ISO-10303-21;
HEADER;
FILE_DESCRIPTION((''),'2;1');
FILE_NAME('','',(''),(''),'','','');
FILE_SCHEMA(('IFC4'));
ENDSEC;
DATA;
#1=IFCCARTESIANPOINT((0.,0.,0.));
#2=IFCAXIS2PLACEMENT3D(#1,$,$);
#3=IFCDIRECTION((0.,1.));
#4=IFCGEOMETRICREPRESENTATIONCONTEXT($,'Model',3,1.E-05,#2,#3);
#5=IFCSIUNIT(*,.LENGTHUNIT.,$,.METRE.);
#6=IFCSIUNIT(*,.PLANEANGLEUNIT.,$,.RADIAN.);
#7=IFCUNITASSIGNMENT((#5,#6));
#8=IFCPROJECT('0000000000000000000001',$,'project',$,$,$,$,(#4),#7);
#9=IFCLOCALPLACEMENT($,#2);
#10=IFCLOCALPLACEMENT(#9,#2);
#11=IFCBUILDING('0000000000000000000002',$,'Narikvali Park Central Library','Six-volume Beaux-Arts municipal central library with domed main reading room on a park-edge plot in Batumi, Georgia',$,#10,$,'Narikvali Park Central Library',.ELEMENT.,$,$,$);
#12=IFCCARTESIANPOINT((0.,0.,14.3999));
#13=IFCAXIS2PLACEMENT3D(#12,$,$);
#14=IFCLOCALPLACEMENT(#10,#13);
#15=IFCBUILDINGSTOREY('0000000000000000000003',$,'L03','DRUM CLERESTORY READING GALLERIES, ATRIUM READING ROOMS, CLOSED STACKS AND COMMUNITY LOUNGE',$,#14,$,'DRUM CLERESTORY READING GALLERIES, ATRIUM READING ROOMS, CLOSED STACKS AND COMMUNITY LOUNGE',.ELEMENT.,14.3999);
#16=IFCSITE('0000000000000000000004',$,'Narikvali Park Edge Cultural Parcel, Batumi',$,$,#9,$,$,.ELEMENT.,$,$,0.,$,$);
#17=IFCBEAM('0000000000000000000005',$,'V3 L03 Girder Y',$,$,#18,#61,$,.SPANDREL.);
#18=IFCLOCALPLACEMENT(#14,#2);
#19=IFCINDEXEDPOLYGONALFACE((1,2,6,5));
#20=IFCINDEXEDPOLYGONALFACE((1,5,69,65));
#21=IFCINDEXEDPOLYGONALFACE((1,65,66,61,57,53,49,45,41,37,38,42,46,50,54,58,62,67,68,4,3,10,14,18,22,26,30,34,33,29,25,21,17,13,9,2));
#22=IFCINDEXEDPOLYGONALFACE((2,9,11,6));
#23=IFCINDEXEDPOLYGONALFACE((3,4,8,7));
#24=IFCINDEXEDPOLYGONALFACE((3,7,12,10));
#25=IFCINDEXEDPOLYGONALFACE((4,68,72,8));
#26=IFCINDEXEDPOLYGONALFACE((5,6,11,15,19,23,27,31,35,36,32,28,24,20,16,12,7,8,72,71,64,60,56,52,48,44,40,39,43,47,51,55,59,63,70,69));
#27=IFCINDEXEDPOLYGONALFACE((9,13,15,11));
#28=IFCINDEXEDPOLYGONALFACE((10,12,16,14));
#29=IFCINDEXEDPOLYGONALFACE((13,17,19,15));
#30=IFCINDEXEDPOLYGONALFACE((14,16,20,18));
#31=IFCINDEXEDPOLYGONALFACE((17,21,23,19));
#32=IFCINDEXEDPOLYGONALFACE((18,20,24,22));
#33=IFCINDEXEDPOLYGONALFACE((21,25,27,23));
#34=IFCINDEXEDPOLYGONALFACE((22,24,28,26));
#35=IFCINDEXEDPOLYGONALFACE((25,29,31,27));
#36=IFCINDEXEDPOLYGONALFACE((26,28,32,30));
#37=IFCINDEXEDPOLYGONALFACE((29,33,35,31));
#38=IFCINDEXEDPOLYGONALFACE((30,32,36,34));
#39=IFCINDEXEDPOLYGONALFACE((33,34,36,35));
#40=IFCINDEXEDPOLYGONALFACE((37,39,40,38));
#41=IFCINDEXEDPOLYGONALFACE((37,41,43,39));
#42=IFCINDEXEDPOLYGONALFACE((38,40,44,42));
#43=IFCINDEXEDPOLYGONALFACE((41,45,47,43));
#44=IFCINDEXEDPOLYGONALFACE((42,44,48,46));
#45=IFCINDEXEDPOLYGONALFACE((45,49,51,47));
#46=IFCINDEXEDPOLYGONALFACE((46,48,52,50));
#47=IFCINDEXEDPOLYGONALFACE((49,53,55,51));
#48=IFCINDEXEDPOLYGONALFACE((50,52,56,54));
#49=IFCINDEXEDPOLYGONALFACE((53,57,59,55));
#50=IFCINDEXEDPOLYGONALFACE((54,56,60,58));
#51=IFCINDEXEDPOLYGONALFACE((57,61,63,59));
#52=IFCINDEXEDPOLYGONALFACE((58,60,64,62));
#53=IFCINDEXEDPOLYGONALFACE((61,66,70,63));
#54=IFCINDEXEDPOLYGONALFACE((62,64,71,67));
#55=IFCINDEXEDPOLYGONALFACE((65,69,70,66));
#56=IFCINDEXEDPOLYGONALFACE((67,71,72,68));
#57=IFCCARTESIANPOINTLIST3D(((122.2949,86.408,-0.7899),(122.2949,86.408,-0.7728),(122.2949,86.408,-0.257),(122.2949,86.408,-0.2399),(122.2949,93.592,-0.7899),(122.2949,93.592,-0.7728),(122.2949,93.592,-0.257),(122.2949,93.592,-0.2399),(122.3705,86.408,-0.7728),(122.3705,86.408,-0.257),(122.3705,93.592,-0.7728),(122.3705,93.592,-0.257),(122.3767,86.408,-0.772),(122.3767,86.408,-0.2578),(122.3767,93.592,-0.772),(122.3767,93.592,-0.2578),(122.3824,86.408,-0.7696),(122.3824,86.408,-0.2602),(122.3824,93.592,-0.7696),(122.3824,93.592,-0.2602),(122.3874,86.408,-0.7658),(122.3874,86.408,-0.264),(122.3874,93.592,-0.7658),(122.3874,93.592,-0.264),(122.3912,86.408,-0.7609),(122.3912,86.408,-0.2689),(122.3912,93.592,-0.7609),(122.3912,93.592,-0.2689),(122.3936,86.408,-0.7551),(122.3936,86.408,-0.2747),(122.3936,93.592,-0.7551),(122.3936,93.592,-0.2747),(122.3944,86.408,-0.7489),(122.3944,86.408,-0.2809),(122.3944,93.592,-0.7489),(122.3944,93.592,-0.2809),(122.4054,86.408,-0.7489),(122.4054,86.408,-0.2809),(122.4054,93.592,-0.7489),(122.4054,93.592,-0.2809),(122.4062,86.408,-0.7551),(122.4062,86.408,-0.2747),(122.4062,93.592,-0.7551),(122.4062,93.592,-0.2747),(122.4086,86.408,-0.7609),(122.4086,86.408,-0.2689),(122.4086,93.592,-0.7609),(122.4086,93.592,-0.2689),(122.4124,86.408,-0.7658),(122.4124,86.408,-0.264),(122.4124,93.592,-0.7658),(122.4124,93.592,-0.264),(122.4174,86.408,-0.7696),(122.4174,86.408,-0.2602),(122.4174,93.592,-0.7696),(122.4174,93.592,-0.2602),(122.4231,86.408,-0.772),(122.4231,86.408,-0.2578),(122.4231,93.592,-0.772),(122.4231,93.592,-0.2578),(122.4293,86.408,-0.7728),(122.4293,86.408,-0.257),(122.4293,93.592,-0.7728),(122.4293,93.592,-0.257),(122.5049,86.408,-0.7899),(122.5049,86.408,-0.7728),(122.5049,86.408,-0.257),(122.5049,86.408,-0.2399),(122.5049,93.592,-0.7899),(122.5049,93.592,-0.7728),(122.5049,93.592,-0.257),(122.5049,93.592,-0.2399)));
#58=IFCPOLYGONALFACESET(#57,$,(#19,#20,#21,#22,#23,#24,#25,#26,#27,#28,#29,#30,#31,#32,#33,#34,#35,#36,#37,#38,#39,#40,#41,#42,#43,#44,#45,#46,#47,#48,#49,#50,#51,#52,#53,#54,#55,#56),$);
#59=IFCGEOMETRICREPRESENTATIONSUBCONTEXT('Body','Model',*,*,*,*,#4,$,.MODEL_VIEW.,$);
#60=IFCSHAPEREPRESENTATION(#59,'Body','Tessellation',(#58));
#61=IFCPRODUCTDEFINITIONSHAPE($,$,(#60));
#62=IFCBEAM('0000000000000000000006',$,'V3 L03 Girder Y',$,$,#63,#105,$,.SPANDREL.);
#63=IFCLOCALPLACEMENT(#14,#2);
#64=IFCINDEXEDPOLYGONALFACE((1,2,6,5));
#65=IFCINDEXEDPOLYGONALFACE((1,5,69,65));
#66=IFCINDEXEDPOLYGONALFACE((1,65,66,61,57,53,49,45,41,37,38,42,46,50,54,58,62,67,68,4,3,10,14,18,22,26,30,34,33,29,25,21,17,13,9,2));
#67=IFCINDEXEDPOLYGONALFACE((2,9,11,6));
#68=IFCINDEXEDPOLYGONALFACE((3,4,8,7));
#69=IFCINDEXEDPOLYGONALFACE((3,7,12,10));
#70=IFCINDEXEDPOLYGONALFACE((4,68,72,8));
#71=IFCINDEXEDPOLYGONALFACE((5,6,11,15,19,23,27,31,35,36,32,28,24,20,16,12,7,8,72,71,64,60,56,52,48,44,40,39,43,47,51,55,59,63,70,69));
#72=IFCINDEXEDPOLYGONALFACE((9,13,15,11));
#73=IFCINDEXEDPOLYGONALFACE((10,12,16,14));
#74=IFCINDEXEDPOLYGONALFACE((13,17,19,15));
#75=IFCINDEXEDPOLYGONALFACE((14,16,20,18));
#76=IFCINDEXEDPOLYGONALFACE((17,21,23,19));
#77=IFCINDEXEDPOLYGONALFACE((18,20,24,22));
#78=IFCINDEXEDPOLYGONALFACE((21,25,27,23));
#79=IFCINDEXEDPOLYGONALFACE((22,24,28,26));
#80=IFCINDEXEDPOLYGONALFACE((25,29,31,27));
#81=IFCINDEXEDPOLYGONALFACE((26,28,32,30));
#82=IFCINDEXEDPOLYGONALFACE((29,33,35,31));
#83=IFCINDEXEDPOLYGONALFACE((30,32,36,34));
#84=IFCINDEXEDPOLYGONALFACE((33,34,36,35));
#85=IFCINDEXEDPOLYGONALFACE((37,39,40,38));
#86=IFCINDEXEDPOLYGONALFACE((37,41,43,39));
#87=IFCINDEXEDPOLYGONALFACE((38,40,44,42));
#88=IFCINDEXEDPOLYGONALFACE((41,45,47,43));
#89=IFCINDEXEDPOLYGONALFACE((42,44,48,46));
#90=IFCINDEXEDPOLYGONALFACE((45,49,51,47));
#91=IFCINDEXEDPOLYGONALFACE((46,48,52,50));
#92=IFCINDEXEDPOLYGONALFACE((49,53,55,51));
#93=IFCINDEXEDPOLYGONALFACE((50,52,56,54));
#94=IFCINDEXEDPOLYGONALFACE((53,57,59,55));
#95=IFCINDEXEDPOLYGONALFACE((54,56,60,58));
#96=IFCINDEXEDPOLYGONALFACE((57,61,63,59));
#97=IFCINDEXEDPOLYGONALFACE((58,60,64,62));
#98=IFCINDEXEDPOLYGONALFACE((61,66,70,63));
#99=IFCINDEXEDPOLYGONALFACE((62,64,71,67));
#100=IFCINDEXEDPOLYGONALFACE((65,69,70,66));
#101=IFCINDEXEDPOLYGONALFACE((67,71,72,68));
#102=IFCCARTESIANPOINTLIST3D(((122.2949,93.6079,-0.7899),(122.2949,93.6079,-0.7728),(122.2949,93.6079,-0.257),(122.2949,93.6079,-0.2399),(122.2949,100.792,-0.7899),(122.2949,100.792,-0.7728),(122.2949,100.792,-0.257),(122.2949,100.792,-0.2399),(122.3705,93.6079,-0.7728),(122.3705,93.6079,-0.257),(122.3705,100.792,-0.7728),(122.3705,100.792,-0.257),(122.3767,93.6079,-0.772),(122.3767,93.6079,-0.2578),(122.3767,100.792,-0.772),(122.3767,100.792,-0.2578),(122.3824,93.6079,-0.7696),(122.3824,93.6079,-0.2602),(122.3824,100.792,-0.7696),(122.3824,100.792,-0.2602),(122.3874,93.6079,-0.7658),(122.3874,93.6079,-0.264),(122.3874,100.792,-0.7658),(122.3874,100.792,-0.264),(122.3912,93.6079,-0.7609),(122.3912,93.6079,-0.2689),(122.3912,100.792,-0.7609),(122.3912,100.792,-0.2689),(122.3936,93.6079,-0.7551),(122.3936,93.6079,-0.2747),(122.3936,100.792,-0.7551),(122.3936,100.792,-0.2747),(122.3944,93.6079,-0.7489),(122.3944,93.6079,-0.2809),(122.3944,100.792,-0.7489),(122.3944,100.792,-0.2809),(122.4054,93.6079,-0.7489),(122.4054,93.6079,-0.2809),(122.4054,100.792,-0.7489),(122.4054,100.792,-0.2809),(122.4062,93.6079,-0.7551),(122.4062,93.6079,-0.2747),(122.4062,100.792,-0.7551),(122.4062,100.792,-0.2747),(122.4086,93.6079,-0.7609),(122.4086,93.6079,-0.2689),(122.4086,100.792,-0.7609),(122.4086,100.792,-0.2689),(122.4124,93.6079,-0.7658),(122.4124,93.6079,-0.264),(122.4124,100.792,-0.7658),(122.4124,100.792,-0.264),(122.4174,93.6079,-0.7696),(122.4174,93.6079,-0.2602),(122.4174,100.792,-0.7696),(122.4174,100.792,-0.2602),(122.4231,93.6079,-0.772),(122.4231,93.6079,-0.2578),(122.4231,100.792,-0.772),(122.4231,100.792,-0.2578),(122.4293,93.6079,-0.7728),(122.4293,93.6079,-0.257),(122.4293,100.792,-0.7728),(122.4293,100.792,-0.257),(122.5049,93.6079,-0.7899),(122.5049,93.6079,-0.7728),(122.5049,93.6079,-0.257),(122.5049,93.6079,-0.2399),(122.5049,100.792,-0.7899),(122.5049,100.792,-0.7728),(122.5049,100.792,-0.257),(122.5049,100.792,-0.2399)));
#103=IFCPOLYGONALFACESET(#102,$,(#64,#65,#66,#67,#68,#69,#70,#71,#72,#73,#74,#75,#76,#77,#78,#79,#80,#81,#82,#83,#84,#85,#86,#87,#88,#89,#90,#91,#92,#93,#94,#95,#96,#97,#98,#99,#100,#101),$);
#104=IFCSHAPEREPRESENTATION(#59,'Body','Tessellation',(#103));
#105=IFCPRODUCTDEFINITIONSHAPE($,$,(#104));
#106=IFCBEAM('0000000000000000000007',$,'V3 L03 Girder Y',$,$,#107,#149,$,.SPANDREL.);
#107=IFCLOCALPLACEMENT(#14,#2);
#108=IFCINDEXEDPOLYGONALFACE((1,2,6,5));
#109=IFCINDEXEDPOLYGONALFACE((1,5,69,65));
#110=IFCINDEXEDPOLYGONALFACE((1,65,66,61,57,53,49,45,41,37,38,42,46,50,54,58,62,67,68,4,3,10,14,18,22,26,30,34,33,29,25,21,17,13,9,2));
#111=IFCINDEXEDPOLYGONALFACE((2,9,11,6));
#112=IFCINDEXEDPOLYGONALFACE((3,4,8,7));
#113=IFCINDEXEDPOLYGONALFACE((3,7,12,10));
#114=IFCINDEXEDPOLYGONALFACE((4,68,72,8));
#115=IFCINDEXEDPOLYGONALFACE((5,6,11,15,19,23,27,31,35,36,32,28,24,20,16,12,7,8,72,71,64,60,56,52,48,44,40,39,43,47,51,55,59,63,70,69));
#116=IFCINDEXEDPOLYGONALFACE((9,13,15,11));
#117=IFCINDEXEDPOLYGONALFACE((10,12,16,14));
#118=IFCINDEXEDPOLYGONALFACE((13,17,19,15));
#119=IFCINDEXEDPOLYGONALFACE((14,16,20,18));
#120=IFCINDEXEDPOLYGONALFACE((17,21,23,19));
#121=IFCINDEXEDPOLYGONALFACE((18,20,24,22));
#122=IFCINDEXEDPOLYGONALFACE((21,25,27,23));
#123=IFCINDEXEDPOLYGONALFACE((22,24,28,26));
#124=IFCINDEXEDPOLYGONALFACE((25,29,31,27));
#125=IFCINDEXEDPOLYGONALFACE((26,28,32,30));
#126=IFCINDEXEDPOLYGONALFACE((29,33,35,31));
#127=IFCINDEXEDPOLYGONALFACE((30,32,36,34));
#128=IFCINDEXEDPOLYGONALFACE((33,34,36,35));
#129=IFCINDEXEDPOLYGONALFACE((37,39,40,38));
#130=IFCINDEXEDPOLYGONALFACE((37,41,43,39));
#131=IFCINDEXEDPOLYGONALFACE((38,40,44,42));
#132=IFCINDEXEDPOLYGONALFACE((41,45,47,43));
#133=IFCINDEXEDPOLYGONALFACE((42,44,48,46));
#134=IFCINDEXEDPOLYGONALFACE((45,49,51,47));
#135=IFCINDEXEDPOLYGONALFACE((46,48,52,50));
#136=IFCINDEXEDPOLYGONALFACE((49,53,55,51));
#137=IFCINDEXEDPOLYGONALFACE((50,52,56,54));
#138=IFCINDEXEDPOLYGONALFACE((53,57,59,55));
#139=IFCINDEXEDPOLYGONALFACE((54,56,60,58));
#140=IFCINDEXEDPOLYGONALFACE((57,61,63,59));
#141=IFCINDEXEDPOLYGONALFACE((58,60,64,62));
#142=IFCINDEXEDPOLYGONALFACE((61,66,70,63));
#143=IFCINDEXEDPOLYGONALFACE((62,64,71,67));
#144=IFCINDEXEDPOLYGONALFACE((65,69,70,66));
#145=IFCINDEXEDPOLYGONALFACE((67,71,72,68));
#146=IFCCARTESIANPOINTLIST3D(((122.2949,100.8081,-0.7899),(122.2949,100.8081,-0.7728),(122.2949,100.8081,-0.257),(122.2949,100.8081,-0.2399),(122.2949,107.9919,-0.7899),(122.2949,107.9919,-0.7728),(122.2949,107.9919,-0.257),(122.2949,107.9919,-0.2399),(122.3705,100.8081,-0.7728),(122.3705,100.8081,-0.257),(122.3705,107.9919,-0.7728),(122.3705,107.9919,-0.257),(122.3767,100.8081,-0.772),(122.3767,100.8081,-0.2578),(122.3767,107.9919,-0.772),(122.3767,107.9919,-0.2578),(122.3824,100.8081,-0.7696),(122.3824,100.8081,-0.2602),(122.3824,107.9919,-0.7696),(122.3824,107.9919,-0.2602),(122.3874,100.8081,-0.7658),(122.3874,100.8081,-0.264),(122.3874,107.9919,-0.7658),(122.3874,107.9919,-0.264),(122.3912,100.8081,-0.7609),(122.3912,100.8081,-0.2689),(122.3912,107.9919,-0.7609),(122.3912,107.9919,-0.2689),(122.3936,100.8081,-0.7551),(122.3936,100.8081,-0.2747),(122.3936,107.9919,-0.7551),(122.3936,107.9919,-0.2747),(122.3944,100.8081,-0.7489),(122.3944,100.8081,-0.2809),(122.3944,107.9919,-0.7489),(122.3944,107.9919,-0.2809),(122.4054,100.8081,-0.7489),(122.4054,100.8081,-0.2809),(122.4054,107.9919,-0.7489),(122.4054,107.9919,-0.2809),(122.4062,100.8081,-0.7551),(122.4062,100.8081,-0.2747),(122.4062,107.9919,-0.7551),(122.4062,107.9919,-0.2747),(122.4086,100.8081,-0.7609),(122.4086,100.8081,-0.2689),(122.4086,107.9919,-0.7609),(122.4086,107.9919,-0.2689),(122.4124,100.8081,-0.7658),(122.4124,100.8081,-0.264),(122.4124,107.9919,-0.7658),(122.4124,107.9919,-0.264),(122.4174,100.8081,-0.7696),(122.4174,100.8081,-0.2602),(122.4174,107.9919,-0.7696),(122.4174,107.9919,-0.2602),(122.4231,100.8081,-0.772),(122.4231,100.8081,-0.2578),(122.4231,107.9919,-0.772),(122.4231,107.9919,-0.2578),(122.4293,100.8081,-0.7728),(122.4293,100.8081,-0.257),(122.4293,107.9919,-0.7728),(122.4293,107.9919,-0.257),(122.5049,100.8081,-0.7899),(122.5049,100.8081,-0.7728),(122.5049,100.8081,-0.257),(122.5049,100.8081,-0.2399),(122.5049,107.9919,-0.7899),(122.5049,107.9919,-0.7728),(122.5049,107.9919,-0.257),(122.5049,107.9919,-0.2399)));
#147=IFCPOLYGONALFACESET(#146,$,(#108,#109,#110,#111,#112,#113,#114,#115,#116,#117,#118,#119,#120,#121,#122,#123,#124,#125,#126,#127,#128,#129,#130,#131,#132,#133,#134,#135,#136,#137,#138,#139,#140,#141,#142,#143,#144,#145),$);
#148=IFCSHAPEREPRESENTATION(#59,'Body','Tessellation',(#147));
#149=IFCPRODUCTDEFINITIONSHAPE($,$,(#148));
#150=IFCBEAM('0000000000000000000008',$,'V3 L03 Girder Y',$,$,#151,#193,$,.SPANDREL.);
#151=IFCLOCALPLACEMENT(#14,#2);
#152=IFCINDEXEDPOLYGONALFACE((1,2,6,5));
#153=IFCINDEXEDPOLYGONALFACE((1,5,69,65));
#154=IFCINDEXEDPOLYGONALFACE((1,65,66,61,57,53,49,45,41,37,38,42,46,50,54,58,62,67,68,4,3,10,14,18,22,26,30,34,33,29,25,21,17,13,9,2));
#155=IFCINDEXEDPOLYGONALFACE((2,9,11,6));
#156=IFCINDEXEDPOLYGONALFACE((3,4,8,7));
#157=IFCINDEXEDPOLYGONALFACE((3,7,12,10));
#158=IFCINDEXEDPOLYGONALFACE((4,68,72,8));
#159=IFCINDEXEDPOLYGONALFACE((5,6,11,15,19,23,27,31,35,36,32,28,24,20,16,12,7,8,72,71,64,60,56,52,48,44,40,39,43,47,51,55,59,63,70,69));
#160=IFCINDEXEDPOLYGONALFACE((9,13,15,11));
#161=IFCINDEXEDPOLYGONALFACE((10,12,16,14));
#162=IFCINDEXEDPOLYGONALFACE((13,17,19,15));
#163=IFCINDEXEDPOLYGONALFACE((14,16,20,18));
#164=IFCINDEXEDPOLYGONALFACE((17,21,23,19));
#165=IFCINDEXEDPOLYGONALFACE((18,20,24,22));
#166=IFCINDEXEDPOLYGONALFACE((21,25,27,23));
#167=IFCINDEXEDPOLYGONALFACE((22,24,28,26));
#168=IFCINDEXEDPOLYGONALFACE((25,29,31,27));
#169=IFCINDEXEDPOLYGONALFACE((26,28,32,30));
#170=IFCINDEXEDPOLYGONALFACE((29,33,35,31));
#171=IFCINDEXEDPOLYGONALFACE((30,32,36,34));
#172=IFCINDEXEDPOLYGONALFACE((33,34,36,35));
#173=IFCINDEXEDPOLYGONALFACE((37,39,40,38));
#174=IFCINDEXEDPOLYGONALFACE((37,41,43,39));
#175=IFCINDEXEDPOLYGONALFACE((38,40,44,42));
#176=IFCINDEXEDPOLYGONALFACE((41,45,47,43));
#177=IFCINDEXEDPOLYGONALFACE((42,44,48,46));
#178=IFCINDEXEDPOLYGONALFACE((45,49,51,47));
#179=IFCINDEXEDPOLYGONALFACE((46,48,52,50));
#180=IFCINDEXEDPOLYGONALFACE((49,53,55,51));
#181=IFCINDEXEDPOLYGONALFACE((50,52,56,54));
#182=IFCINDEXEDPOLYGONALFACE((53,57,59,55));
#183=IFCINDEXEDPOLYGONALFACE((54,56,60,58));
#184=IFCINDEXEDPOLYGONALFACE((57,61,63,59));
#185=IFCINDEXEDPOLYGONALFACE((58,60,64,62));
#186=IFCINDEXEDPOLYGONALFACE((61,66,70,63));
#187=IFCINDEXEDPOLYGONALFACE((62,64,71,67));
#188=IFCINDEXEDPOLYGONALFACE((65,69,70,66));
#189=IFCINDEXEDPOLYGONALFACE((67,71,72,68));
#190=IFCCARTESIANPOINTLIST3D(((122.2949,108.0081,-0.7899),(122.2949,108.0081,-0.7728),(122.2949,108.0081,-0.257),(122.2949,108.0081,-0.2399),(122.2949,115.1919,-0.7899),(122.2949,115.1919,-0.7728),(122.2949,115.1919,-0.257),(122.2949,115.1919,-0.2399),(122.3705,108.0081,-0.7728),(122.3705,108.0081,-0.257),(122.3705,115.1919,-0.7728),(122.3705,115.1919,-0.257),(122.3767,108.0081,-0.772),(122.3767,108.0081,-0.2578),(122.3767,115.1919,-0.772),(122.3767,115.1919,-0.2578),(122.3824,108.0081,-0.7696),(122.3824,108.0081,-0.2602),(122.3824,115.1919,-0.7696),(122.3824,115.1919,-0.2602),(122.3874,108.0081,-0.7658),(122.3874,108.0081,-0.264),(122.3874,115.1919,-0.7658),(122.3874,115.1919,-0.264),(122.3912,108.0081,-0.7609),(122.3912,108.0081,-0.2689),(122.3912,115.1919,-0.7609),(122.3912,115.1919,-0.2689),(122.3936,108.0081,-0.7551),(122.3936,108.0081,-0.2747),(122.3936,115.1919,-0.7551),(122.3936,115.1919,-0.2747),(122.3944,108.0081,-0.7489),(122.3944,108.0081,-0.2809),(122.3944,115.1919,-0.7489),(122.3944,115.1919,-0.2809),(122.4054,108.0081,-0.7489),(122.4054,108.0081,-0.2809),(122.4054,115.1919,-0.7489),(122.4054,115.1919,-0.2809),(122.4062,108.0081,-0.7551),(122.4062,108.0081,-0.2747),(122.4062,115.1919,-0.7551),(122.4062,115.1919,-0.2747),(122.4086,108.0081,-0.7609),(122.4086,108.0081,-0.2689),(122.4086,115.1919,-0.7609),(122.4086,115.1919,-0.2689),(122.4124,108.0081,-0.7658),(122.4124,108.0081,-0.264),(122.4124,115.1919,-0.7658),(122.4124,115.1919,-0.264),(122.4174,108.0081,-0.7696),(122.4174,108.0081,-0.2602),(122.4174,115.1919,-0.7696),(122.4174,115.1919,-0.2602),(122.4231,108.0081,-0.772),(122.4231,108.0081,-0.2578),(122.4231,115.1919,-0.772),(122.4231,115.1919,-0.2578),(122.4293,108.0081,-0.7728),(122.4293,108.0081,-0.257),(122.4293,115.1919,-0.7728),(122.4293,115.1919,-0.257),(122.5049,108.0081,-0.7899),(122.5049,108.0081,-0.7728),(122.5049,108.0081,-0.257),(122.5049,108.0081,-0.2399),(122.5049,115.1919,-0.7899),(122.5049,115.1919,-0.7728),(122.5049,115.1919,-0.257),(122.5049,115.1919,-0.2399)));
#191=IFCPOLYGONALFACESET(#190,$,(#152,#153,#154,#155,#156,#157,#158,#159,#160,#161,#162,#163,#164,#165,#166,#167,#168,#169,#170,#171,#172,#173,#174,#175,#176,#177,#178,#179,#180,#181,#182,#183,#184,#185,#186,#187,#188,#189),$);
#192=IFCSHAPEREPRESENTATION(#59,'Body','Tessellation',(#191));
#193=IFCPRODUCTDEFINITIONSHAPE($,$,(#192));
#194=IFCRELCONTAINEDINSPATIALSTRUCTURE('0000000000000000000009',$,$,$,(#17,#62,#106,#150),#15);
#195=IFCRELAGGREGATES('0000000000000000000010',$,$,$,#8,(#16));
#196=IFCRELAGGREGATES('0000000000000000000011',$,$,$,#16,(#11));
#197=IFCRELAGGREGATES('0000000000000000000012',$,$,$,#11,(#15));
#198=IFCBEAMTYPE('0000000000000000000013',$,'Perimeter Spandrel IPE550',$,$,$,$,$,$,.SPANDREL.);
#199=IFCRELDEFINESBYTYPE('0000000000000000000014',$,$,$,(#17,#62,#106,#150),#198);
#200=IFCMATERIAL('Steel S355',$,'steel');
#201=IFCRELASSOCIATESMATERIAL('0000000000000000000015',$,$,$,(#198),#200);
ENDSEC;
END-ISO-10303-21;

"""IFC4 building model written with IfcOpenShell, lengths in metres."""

from ifc_helpers import new_model, si_unit, direction, frame, origin, origin_2d, place, context, subcontext, project, spatial, i_section, extrude, material, material_profile, profile_set, type_object, element, save


model = new_model("IFC4")

# Units and contexts
model_context = context("Model", 3, precision=1e-05, world=origin(), true_north=direction((0.0, 1.0)))
body_context = subcontext(model_context, "Body", "Model", "MODEL_VIEW")
ifc_project = project(units=[si_unit("LENGTHUNIT", "METRE"), si_unit("PLANEANGLEUNIT", "RADIAN")], contexts=[model_context])

# Site, building, storey
site_placement = place(None, origin())
site = spatial("IfcSite", under=ifc_project, at=site_placement, Name="Narikvali Park Edge Cultural Parcel, Batumi", CompositionType="ELEMENT", RefElevation=0.0)
building_placement = place(site_placement, origin())
building = spatial("IfcBuilding", under=site, at=building_placement, Name="Narikvali Park Central Library", Description="Six-volume Beaux-Arts municipal central library with domed main reading room on a park-edge plot in Batumi, Georgia", LongName="Narikvali Park Central Library", CompositionType="ELEMENT")
storey_placement = place(building_placement, frame((0.0, 0.0, 14.3999)))
storey = spatial("IfcBuildingStorey", under=building, at=storey_placement, Name="L03", Description="DRUM CLERESTORY READING GALLERIES, ATRIUM READING ROOMS, CLOSED STACKS AND COMMUNITY LOUNGE", LongName="DRUM CLERESTORY READING GALLERIES, ATRIUM READING ROOMS, CLOSED STACKS AND COMMUNITY LOUNGE", CompositionType="ELEMENT", Elevation=14.3999)

# Shared definitions
ifc_material_1 = material(Name="Steel S355", Category="steel")

# Beams
ifc_material_profile_1 = material_profile(ifc_material_1, i_section(OverallWidth=0.21, OverallDepth=0.55, WebThickness=0.011, FlangeThickness=0.0171, FilletRadius=0.0239, at=origin_2d()), Name="IPE 550")
ifc_profile_set_1 = profile_set([ifc_material_profile_1], Name="Steel S355")
beam_type_1 = type_object("IfcBeamType", Name="Perimeter Spandrel IPE550", PredefinedType="SPANDREL", material=ifc_profile_set_1)
for number, where, z_axis, x_axis, name in (
    (1, (122.3999, 86.408, -0.5149), (0.0, 1.0, 0.0), (-1.0, 0.0, 0.0), "V3 L03 Girder Y"),
    (2, (122.3999, 93.6079, -0.5149), (0.0, 1.0, 0.0), (-1.0, 0.0, 0.0), "V3 L03 Girder Y"),
):
    element("IfcBeam", number, at=place(storey_placement, frame(where, z_axis=z_axis, x_axis=x_axis)), inside=storey, type_object=beam_type_1, Name=name, PredefinedType="SPANDREL", context=body_context, shape_type="SweptSolid", body=[
        extrude(i_section(OverallWidth=0.21, OverallDepth=0.55, WebThickness=0.011, FlangeThickness=0.0171, FilletRadius=0.0239, at=origin_2d()), origin(), (0.0, 0.0, 1.0), 7.1841),
    ])
for number, where, z_axis, x_axis, name in (
    (3, (122.3999, 100.8081, -0.5149), (0.0, 1.0, 0.0), (-1.0, 0.0, 0.0), "V3 L03 Girder Y"),
    (4, (122.3999, 108.0081, -0.5149), (0.0, 1.0, 0.0), (-1.0, 0.0, 0.0), "V3 L03 Girder Y"),
):
    element("IfcBeam", number, at=place(storey_placement, frame(where, z_axis=z_axis, x_axis=x_axis)), inside=storey, type_object=beam_type_1, Name=name, PredefinedType="SPANDREL", context=body_context, shape_type="SweptSolid", body=[
        extrude(i_section(OverallWidth=0.21, OverallDepth=0.55, WebThickness=0.011, FlangeThickness=0.0171, FilletRadius=0.0239, at=origin_2d()), origin(), (0.0, 0.0, 1.0), 7.1838),
    ])

save(model, "model.ifc")
